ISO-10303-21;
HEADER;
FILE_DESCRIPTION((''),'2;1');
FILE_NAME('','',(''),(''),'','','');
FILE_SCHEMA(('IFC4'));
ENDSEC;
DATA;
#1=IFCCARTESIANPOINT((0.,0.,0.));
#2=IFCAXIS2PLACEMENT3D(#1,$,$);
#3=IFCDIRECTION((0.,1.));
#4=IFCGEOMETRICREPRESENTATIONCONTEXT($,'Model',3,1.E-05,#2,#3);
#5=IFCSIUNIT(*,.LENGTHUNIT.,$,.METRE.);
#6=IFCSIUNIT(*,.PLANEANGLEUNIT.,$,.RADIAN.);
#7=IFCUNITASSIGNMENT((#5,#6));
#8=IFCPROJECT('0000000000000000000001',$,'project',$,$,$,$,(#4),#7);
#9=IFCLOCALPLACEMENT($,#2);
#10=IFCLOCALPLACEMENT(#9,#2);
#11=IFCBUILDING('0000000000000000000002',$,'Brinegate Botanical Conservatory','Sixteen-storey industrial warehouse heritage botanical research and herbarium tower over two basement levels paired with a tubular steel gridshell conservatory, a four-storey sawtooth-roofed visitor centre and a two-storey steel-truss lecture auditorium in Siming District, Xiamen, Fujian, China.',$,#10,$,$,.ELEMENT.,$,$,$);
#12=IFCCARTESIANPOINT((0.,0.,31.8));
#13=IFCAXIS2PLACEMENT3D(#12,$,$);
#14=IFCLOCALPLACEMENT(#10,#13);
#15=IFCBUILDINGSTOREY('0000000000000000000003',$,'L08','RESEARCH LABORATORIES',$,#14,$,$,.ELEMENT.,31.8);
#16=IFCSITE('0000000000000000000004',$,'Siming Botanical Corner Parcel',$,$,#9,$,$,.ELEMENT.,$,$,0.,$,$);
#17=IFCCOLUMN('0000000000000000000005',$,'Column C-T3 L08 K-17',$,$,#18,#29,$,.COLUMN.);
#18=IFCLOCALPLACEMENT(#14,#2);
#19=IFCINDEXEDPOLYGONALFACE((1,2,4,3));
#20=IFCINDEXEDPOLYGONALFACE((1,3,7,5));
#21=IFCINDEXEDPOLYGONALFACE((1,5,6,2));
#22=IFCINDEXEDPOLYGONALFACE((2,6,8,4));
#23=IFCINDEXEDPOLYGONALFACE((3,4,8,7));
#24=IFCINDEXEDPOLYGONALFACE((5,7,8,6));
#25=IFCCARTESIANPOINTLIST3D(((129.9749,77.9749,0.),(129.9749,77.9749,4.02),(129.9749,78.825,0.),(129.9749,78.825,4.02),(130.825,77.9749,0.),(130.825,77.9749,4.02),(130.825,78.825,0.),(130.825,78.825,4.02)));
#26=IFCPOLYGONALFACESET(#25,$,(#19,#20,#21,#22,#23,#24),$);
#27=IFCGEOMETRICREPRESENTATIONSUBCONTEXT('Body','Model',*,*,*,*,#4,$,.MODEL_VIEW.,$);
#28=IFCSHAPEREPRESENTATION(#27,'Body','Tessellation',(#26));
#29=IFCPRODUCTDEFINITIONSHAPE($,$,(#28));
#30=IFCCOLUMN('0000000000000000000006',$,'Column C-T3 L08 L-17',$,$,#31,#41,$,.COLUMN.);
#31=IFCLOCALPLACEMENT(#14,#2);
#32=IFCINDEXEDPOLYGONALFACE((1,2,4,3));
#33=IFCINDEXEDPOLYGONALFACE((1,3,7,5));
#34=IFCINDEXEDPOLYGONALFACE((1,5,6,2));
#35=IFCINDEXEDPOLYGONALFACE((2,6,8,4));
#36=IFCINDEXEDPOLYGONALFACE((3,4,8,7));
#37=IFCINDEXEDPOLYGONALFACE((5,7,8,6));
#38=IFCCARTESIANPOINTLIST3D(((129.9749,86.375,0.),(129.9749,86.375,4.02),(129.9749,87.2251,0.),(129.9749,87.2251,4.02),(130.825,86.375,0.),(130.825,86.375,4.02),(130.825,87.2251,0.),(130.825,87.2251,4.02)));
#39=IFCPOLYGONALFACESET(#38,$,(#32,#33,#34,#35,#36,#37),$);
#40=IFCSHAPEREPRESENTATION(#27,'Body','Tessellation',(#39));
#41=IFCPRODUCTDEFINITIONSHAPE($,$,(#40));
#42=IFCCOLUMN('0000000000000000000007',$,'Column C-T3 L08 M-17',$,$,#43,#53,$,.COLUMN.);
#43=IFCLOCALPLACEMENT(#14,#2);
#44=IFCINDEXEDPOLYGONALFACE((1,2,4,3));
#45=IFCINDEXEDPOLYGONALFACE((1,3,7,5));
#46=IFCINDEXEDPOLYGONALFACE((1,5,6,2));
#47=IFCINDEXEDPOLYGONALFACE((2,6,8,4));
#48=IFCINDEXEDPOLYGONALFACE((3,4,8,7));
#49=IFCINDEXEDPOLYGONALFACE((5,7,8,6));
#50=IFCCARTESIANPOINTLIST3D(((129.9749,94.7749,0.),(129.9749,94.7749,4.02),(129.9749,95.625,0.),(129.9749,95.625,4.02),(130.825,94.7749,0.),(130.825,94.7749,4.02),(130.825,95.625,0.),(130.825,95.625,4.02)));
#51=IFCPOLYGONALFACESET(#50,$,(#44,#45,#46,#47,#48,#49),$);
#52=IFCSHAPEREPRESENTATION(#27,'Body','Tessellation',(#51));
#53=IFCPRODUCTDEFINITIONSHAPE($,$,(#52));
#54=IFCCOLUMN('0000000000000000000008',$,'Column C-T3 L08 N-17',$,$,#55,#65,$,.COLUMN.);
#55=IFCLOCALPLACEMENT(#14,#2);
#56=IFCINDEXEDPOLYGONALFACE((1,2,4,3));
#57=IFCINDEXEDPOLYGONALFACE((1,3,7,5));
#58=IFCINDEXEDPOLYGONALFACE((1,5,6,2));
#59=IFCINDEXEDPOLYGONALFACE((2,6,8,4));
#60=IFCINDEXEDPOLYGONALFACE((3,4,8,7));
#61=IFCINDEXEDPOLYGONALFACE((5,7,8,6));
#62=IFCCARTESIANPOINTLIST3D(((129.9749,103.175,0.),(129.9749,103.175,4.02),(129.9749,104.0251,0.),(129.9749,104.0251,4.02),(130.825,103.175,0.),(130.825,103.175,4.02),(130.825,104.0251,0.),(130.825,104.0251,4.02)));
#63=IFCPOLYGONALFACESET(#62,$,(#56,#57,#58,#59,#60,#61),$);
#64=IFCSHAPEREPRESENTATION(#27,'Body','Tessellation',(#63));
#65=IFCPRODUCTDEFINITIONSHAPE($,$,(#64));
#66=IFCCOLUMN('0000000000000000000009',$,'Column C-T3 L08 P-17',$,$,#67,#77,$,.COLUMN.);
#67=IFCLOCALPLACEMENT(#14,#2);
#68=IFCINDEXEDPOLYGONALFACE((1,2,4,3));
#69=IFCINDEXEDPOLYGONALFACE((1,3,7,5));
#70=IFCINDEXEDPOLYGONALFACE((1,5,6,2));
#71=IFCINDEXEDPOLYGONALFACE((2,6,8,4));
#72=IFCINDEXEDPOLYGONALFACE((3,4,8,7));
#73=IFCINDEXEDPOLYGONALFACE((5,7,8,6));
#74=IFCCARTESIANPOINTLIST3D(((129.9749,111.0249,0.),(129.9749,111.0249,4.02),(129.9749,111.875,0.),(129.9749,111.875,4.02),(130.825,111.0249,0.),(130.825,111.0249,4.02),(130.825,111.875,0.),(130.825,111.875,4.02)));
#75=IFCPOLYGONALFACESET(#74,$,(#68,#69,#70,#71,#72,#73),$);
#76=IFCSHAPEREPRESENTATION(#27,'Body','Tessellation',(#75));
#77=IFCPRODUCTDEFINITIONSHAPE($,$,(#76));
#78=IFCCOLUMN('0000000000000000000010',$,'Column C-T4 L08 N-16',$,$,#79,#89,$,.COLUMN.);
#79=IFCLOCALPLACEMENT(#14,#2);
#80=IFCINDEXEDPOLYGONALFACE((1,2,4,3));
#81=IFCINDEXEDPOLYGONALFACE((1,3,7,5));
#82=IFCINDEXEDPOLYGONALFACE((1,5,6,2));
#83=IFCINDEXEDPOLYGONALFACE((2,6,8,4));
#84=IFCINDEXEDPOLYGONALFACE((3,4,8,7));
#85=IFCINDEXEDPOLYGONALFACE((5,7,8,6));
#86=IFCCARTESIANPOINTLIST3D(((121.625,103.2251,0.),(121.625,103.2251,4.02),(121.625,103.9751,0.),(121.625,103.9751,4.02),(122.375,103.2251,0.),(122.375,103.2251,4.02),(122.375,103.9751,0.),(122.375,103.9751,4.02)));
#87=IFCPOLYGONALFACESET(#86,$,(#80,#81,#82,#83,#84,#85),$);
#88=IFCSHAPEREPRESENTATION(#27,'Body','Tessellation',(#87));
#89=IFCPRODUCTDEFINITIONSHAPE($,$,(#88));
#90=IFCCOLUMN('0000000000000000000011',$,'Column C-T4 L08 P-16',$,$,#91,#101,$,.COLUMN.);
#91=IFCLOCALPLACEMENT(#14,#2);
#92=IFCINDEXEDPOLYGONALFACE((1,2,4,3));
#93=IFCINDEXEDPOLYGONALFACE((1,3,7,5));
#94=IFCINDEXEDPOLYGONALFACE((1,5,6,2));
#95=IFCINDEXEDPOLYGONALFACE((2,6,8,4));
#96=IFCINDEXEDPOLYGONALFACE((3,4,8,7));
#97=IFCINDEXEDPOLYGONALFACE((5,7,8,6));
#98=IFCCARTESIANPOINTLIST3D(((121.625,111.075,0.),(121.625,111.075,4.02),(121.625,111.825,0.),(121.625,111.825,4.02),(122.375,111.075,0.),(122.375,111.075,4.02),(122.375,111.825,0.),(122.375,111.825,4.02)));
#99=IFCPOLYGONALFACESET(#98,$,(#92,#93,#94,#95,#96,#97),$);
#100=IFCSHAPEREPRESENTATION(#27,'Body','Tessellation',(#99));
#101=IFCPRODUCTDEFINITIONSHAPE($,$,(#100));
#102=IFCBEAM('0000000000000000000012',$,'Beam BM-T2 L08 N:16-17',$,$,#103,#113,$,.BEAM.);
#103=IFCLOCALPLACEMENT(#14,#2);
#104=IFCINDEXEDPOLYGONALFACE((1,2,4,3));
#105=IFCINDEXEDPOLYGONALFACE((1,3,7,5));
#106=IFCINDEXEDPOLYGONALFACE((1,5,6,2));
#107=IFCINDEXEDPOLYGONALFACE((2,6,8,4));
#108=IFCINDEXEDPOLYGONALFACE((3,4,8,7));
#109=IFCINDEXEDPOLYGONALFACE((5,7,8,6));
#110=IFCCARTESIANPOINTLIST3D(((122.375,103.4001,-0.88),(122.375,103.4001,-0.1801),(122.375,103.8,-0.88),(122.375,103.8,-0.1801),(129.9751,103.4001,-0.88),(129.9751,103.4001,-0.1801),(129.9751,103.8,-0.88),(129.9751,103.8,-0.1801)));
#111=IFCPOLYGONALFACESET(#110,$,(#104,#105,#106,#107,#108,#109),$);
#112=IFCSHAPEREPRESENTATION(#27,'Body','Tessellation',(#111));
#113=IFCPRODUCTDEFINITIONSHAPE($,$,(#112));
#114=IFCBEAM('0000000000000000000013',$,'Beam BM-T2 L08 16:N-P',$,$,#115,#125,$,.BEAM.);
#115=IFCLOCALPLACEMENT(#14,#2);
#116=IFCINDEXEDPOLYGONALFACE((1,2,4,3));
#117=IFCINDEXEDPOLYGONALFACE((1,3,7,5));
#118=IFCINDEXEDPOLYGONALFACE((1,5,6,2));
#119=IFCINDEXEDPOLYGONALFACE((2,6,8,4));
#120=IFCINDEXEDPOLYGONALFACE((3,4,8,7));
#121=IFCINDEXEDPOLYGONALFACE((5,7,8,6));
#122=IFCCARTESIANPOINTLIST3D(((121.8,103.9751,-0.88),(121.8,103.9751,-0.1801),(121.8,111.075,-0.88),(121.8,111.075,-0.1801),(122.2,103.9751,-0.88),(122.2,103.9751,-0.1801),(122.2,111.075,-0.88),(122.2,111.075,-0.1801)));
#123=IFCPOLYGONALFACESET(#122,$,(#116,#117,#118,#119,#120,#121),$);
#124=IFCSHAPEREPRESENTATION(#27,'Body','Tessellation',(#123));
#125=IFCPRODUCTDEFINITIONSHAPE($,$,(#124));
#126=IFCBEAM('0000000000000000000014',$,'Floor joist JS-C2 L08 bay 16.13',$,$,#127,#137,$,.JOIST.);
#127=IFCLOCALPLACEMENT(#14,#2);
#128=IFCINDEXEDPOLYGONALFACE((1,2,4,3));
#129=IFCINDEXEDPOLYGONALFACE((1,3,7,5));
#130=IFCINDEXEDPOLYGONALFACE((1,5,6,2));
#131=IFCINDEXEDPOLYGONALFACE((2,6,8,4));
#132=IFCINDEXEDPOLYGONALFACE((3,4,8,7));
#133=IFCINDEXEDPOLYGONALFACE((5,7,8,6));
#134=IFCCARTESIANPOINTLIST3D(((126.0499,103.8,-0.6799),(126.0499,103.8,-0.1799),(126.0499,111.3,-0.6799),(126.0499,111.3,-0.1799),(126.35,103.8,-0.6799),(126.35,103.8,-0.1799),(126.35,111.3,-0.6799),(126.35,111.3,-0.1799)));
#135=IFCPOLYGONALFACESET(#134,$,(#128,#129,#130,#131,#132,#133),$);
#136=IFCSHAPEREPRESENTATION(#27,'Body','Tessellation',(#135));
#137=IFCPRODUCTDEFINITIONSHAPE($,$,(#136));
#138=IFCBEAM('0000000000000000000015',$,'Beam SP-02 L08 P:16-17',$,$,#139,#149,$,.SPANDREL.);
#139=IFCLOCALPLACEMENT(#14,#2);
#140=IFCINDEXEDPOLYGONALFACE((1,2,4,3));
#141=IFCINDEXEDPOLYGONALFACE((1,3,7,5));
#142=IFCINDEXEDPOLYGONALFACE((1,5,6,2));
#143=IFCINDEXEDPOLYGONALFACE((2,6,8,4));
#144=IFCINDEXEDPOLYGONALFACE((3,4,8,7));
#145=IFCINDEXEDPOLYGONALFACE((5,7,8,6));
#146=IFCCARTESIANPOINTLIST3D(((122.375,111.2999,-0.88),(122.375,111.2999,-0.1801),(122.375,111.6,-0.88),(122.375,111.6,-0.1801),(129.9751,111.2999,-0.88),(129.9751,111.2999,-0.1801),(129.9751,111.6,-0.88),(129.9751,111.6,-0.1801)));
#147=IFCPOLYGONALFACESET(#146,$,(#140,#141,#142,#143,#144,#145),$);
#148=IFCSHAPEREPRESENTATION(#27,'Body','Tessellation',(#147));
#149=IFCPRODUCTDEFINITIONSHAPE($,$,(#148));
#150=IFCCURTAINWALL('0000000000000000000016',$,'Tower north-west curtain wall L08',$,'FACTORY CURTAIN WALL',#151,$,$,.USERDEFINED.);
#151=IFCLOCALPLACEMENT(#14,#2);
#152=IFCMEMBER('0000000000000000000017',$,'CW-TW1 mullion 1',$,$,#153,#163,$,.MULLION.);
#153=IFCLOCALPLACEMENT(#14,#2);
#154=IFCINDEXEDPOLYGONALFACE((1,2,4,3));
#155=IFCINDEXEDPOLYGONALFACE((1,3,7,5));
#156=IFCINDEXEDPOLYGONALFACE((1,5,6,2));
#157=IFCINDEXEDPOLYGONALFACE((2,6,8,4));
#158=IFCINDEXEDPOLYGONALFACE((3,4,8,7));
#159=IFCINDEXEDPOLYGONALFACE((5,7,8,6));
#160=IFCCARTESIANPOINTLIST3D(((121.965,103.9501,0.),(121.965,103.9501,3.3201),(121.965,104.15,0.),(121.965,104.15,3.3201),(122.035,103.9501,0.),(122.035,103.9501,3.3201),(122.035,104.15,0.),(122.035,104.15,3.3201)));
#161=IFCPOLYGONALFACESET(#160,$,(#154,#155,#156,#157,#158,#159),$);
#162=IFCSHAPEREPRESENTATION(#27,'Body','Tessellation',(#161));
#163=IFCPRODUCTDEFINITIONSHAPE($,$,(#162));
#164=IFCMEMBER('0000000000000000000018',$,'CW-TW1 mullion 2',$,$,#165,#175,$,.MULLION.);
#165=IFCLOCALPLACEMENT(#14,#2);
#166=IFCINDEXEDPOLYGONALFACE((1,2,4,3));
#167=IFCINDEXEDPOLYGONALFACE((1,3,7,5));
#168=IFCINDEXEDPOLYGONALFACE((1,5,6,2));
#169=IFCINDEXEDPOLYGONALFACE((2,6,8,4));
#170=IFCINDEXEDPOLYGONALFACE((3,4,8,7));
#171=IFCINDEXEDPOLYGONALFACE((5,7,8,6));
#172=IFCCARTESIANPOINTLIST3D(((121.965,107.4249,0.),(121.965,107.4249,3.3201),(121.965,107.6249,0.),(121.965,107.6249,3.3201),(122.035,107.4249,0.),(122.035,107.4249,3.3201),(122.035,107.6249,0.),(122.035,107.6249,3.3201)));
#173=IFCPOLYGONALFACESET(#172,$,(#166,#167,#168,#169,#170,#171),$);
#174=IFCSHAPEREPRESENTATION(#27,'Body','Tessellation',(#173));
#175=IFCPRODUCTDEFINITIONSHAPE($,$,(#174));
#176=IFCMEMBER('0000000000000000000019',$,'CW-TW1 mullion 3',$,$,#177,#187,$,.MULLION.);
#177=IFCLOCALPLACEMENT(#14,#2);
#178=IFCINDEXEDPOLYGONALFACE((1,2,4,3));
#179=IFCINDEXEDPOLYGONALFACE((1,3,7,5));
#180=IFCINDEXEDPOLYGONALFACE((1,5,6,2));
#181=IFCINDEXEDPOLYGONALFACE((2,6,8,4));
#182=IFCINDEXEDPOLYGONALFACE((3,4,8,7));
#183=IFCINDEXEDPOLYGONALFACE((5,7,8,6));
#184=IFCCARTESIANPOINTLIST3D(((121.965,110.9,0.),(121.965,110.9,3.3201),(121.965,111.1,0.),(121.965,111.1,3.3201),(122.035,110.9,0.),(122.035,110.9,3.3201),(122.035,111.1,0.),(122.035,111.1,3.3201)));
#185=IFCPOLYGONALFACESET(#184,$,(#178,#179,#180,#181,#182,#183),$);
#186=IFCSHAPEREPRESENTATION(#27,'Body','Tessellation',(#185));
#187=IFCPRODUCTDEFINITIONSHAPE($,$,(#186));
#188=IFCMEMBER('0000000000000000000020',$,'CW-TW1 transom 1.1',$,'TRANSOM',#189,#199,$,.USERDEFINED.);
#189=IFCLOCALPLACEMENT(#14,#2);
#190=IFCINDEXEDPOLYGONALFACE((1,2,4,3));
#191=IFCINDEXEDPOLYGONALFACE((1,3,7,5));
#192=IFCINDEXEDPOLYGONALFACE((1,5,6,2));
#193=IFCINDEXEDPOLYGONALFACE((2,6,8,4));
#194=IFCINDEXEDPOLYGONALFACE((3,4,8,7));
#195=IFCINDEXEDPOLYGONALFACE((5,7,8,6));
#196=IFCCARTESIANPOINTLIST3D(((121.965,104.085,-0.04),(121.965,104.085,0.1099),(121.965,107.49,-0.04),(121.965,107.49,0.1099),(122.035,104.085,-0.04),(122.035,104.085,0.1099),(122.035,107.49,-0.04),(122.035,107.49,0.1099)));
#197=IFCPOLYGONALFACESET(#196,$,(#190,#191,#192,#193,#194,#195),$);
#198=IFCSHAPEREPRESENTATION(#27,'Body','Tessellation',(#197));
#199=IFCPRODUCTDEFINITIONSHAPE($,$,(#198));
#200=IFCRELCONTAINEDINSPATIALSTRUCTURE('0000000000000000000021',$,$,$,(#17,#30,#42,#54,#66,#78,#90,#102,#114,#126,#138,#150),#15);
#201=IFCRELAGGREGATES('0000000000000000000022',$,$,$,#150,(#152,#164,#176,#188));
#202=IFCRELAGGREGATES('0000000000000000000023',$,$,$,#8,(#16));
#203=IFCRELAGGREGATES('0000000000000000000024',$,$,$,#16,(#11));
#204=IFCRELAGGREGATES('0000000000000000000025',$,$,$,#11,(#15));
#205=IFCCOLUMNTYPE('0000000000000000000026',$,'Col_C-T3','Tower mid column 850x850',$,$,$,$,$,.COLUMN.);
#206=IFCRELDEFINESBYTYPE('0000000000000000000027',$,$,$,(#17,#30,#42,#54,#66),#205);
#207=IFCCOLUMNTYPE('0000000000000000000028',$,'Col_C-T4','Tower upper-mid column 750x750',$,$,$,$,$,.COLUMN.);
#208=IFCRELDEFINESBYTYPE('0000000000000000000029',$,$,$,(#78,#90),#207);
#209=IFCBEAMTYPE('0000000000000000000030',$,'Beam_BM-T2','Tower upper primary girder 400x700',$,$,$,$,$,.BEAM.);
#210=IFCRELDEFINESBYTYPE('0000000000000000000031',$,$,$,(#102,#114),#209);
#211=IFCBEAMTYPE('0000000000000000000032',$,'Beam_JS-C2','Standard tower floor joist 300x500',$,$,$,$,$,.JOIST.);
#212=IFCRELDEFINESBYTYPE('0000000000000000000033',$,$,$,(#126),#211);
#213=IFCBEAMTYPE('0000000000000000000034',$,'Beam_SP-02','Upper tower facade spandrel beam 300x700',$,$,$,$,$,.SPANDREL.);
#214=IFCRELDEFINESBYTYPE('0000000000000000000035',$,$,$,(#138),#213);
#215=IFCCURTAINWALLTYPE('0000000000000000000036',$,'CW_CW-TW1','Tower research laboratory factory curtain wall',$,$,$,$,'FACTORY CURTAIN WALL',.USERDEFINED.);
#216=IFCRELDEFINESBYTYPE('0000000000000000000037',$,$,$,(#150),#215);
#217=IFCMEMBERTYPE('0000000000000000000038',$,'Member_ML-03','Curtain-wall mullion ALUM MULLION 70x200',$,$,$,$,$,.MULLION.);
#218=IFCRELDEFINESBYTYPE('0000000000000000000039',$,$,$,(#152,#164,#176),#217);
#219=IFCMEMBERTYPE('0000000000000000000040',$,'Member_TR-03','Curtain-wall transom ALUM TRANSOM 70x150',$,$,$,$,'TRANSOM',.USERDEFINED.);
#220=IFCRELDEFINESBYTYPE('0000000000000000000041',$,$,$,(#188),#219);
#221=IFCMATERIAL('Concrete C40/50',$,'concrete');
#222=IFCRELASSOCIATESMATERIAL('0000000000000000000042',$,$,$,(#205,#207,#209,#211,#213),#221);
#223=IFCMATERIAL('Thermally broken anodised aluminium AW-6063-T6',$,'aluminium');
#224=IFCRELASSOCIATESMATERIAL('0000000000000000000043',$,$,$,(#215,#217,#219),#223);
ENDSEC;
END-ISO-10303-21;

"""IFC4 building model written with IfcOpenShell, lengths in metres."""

from ifc_helpers import new_model, si_unit, direction, frame, origin, origin_2d, place, context, subcontext, project, spatial, rectangle, extrude, material, material_profile, profile_set, type_object, element, aggregate, save


model = new_model("IFC4")

# Units and contexts
model_context = context("Model", 3, precision=1e-05, world=origin(), true_north=direction((0.0, 1.0)))
body_context = subcontext(model_context, "Body", "Model", "MODEL_VIEW")
ifc_project = project(units=[si_unit("LENGTHUNIT", "METRE"), si_unit("PLANEANGLEUNIT", "RADIAN")], contexts=[model_context])

# Site, building, storey
site_placement = place(None, origin())
site = spatial("IfcSite", under=ifc_project, at=site_placement, Name="Siming Botanical Corner Parcel", CompositionType="ELEMENT", RefElevation=0.0)
building_placement = place(site_placement, origin())
building = spatial("IfcBuilding", under=site, at=building_placement, Name="Brinegate Botanical Conservatory", Description="Sixteen-storey industrial warehouse heritage botanical research and herbarium tower over two basement levels paired with a tubular steel gridshell conservatory, a four-storey sawtooth-roofed visitor centre and a two-storey steel-truss lecture auditorium in Siming District, Xiamen, Fujian, China.", CompositionType="ELEMENT")
storey_placement = place(building_placement, frame((0.0, 0.0, 31.8)))
storey = spatial("IfcBuildingStorey", under=building, at=storey_placement, Name="L08", Description="RESEARCH LABORATORIES", CompositionType="ELEMENT", Elevation=31.8)

# Columns
ifc_material_1 = material(Name="Concrete C40/50", Category="concrete")
ifc_material_profile_1 = material_profile(ifc_material_1, rectangle(XDim=0.8501, YDim=0.8501, at=origin_2d()), Name="RC COL 850x850")
ifc_profile_set_1 = profile_set([ifc_material_profile_1], Name="Concrete C40/50")
column_type_1 = type_object("IfcColumnType", Name="Col_C-T3", Description="Tower mid column 850x850", PredefinedType="COLUMN", material=ifc_profile_set_1)
for number, where, z_axis, x_axis, name in (
    (1, (130.3999, 78.3999, 0.0), (0.0, 0.0, 1.0), (1.0, 0.0, 0.0), "Column C-T3 L08 K-17"),
    (2, (130.3999, 86.8, 0.0), (0.0, 0.0, 1.0), (1.0, 0.0, 0.0), "Column C-T3 L08 L-17"),
    (3, (130.3999, 95.2, 0.0), (0.0, 0.0, 1.0), (1.0, 0.0, 0.0), "Column C-T3 L08 M-17"),
    (4, (130.3999, 103.6001, 0.0), (0.0, 0.0, 1.0), (1.0, 0.0, 0.0), "Column C-T3 L08 N-17"),
    (5, (130.3999, 111.45, 0.0), (0.0, 0.0, 1.0), (1.0, 0.0, 0.0), "Column C-T3 L08 P-17"),
):
    element("IfcColumn", number, at=place(storey_placement, frame(where, z_axis=z_axis, x_axis=x_axis)), inside=storey, type_object=column_type_1, Name=name, PredefinedType="COLUMN", context=body_context, shape_type="SweptSolid", body=[
        extrude(rectangle(XDim=0.8501, YDim=0.8501, at=origin_2d()), origin(), (0.0, 0.0, 1.0), 4.02),
    ])
ifc_material_profile_2 = material_profile(ifc_material_1, rectangle(XDim=0.75, YDim=0.75, at=origin_2d()), Name="RC COL 750x750")
ifc_profile_set_2 = profile_set([ifc_material_profile_2], Name="Concrete C40/50")
column_type_2 = type_object("IfcColumnType", Name="Col_C-T4", Description="Tower upper-mid column 750x750", PredefinedType="COLUMN", material=ifc_profile_set_2)
for number, where, z_axis, x_axis, name in (
    (6, (122.0, 103.6001, 0.0), (0.0, 0.0, 1.0), (1.0, 0.0, 0.0), "Column C-T4 L08 N-16"),
    (7, (122.0, 111.45, 0.0), (0.0, 0.0, 1.0), (1.0, 0.0, 0.0), "Column C-T4 L08 P-16"),
):
    element("IfcColumn", number, at=place(storey_placement, frame(where, z_axis=z_axis, x_axis=x_axis)), inside=storey, type_object=column_type_2, Name=name, PredefinedType="COLUMN", context=body_context, shape_type="SweptSolid", body=[
        extrude(rectangle(XDim=0.75, YDim=0.75, at=origin_2d()), origin(), (0.0, 0.0, 1.0), 4.02),
    ])

# Beams
ifc_material_profile_3 = material_profile(ifc_material_1, rectangle(XDim=0.3999, YDim=0.7, at=origin_2d()), Name="RC BM 400x700")
ifc_profile_set_3 = profile_set([ifc_material_profile_3], Name="Concrete C40/50")
beam_type_1 = type_object("IfcBeamType", Name="Beam_BM-T2", Description="Tower upper primary girder 400x700", PredefinedType="BEAM", material=ifc_profile_set_3)
beam_1_placement = place(storey_placement, frame((122.375, 103.6001, -0.53), z_axis=(1.0, 0.0, 0.0), x_axis=(0.0, 1.0, 0.0)))
element("IfcBeam", 8, at=beam_1_placement, inside=storey, type_object=beam_type_1, Name="Beam BM-T2 L08 N:16-17", PredefinedType="BEAM", context=body_context, shape_type="SweptSolid", body=[
    extrude(rectangle(XDim=0.3999, YDim=0.7, at=origin_2d()), origin(), (0.0, 0.0, 1.0), 7.6001),
])
beam_2_placement = place(storey_placement, frame((122.0, 103.9751, -0.53), z_axis=(0.0, 1.0, 0.0), x_axis=(-1.0, 0.0, 0.0)))
element("IfcBeam", 9, at=beam_2_placement, inside=storey, type_object=beam_type_1, Name="Beam BM-T2 L08 16:N-P", PredefinedType="BEAM", context=body_context, shape_type="SweptSolid", body=[
    extrude(rectangle(XDim=0.3999, YDim=0.7, at=origin_2d()), origin(), (0.0, 0.0, 1.0), 7.0999),
])
ifc_material_profile_4 = material_profile(ifc_material_1, rectangle(XDim=0.3, YDim=0.5, at=origin_2d()), Name="RC JST 300x500")
ifc_profile_set_4 = profile_set([ifc_material_profile_4], Name="Concrete C40/50")
beam_type_2 = type_object("IfcBeamType", Name="Beam_JS-C2", Description="Standard tower floor joist 300x500", PredefinedType="JOIST", material=ifc_profile_set_4)
beam_3_placement = place(storey_placement, frame((126.2, 103.8, -0.4299), z_axis=(0.0, 1.0, 0.0), x_axis=(-1.0, 0.0, 0.0)))
element("IfcBeam", 10, at=beam_3_placement, inside=storey, type_object=beam_type_2, Name="Floor joist JS-C2 L08 bay 16.13", PredefinedType="JOIST", context=body_context, shape_type="SweptSolid", body=[
    extrude(rectangle(XDim=0.3, YDim=0.5, at=origin_2d()), origin(), (0.0, 0.0, 1.0), 7.5),
])
ifc_material_profile_5 = material_profile(ifc_material_1, rectangle(XDim=0.3, YDim=0.7, at=origin_2d()), Name="RC SPN 300x700")
ifc_profile_set_5 = profile_set([ifc_material_profile_5], Name="Concrete C40/50")
beam_type_3 = type_object("IfcBeamType", Name="Beam_SP-02", Description="Upper tower facade spandrel beam 300x700", PredefinedType="SPANDREL", material=ifc_profile_set_5)
beam_4_placement = place(storey_placement, frame((122.375, 111.45, -0.53), z_axis=(1.0, 0.0, 0.0), x_axis=(0.0, 1.0, 0.0)))
element("IfcBeam", 11, at=beam_4_placement, inside=storey, type_object=beam_type_3, Name="Beam SP-02 L08 P:16-17", PredefinedType="SPANDREL", context=body_context, shape_type="SweptSolid", body=[
    extrude(rectangle(XDim=0.3, YDim=0.7, at=origin_2d()), origin(), (0.0, 0.0, 1.0), 7.6001),
])

# Curtain wall, members
ifc_material_2 = material(Name="Thermally broken anodised aluminium AW-6063-T6", Category="aluminium")
curtain_wall_type = type_object("IfcCurtainWallType", Name="CW_CW-TW1", Description="Tower research laboratory factory curtain wall", ElementType="FACTORY CURTAIN WALL", PredefinedType="USERDEFINED", material=ifc_material_2)
curtain_wall_placement = place(storey_placement, origin())
curtain_wall = element("IfcCurtainWall", 12, at=curtain_wall_placement, inside=storey, type_object=curtain_wall_type, Name="Tower north-west curtain wall L08", ObjectType="FACTORY CURTAIN WALL", PredefinedType="USERDEFINED")
ifc_material_profile_6 = material_profile(ifc_material_2, rectangle(XDim=0.0701, YDim=0.2, at=origin_2d()), Name="ALUM MULLION 70x200")
ifc_profile_set_6 = profile_set([ifc_material_profile_6], Name="Thermally broken anodised aluminium AW-6063-T6")
member_type_1 = type_object("IfcMemberType", Name="Member_ML-03", Description="Curtain-wall mullion ALUM MULLION 70x200", PredefinedType="MULLION", material=ifc_profile_set_6)
member_1_placement = place(storey_placement, frame((122.0, 104.05, 0.0), z_axis=(0.0, 0.0, 1.0), x_axis=(-1.0, 0.0, 0.0)))
member_1 = element("IfcMember", 13, at=member_1_placement, type_object=member_type_1, Name="CW-TW1 mullion 1", PredefinedType="MULLION", context=body_context, shape_type="SweptSolid", body=[
    extrude(rectangle(XDim=0.0701, YDim=0.2, at=origin_2d()), origin(), (0.0, 0.0, 1.0), 3.3201),
])
member_2_placement = place(storey_placement, frame((122.0, 107.5249, 0.0), z_axis=(0.0, 0.0, 1.0), x_axis=(-1.0, 0.0, 0.0)))
member_2 = element("IfcMember", 14, at=member_2_placement, type_object=member_type_1, Name="CW-TW1 mullion 2", PredefinedType="MULLION", context=body_context, shape_type="SweptSolid", body=[
    extrude(rectangle(XDim=0.0701, YDim=0.2, at=origin_2d()), origin(), (0.0, 0.0, 1.0), 3.3201),
])
member_3_placement = place(storey_placement, frame((122.0, 111.0, 0.0), z_axis=(0.0, 0.0, 1.0), x_axis=(-1.0, 0.0, 0.0)))
member_3 = element("IfcMember", 15, at=member_3_placement, type_object=member_type_1, Name="CW-TW1 mullion 3", PredefinedType="MULLION", context=body_context, shape_type="SweptSolid", body=[
    extrude(rectangle(XDim=0.0701, YDim=0.2, at=origin_2d()), origin(), (0.0, 0.0, 1.0), 3.3201),
])
ifc_material_profile_7 = material_profile(ifc_material_2, rectangle(XDim=0.0701, YDim=0.1499, at=origin_2d()), Name="ALUM TRANSOM 70x150")
ifc_profile_set_7 = profile_set([ifc_material_profile_7], Name="Thermally broken anodised aluminium AW-6063-T6")
member_type_2 = type_object("IfcMemberType", Name="Member_TR-03", Description="Curtain-wall transom ALUM TRANSOM 70x150", ElementType="TRANSOM", PredefinedType="USERDEFINED", material=ifc_profile_set_7)
member_4_placement = place(storey_placement, frame((122.0, 104.085, 0.0349), z_axis=(0.0, 1.0, 0.0), x_axis=(-1.0, 0.0, 0.0)))
member_4 = element("IfcMember", 16, at=member_4_placement, type_object=member_type_2, Name="CW-TW1 transom 1.1", ObjectType="TRANSOM", PredefinedType="USERDEFINED", context=body_context, shape_type="SweptSolid", body=[
    extrude(rectangle(XDim=0.0701, YDim=0.1499, at=origin_2d()), origin(), (0.0, 0.0, 1.0), 3.405),
])
aggregate(curtain_wall, [member_1, member_2, member_3, member_4])

save(model, "model.ifc")
